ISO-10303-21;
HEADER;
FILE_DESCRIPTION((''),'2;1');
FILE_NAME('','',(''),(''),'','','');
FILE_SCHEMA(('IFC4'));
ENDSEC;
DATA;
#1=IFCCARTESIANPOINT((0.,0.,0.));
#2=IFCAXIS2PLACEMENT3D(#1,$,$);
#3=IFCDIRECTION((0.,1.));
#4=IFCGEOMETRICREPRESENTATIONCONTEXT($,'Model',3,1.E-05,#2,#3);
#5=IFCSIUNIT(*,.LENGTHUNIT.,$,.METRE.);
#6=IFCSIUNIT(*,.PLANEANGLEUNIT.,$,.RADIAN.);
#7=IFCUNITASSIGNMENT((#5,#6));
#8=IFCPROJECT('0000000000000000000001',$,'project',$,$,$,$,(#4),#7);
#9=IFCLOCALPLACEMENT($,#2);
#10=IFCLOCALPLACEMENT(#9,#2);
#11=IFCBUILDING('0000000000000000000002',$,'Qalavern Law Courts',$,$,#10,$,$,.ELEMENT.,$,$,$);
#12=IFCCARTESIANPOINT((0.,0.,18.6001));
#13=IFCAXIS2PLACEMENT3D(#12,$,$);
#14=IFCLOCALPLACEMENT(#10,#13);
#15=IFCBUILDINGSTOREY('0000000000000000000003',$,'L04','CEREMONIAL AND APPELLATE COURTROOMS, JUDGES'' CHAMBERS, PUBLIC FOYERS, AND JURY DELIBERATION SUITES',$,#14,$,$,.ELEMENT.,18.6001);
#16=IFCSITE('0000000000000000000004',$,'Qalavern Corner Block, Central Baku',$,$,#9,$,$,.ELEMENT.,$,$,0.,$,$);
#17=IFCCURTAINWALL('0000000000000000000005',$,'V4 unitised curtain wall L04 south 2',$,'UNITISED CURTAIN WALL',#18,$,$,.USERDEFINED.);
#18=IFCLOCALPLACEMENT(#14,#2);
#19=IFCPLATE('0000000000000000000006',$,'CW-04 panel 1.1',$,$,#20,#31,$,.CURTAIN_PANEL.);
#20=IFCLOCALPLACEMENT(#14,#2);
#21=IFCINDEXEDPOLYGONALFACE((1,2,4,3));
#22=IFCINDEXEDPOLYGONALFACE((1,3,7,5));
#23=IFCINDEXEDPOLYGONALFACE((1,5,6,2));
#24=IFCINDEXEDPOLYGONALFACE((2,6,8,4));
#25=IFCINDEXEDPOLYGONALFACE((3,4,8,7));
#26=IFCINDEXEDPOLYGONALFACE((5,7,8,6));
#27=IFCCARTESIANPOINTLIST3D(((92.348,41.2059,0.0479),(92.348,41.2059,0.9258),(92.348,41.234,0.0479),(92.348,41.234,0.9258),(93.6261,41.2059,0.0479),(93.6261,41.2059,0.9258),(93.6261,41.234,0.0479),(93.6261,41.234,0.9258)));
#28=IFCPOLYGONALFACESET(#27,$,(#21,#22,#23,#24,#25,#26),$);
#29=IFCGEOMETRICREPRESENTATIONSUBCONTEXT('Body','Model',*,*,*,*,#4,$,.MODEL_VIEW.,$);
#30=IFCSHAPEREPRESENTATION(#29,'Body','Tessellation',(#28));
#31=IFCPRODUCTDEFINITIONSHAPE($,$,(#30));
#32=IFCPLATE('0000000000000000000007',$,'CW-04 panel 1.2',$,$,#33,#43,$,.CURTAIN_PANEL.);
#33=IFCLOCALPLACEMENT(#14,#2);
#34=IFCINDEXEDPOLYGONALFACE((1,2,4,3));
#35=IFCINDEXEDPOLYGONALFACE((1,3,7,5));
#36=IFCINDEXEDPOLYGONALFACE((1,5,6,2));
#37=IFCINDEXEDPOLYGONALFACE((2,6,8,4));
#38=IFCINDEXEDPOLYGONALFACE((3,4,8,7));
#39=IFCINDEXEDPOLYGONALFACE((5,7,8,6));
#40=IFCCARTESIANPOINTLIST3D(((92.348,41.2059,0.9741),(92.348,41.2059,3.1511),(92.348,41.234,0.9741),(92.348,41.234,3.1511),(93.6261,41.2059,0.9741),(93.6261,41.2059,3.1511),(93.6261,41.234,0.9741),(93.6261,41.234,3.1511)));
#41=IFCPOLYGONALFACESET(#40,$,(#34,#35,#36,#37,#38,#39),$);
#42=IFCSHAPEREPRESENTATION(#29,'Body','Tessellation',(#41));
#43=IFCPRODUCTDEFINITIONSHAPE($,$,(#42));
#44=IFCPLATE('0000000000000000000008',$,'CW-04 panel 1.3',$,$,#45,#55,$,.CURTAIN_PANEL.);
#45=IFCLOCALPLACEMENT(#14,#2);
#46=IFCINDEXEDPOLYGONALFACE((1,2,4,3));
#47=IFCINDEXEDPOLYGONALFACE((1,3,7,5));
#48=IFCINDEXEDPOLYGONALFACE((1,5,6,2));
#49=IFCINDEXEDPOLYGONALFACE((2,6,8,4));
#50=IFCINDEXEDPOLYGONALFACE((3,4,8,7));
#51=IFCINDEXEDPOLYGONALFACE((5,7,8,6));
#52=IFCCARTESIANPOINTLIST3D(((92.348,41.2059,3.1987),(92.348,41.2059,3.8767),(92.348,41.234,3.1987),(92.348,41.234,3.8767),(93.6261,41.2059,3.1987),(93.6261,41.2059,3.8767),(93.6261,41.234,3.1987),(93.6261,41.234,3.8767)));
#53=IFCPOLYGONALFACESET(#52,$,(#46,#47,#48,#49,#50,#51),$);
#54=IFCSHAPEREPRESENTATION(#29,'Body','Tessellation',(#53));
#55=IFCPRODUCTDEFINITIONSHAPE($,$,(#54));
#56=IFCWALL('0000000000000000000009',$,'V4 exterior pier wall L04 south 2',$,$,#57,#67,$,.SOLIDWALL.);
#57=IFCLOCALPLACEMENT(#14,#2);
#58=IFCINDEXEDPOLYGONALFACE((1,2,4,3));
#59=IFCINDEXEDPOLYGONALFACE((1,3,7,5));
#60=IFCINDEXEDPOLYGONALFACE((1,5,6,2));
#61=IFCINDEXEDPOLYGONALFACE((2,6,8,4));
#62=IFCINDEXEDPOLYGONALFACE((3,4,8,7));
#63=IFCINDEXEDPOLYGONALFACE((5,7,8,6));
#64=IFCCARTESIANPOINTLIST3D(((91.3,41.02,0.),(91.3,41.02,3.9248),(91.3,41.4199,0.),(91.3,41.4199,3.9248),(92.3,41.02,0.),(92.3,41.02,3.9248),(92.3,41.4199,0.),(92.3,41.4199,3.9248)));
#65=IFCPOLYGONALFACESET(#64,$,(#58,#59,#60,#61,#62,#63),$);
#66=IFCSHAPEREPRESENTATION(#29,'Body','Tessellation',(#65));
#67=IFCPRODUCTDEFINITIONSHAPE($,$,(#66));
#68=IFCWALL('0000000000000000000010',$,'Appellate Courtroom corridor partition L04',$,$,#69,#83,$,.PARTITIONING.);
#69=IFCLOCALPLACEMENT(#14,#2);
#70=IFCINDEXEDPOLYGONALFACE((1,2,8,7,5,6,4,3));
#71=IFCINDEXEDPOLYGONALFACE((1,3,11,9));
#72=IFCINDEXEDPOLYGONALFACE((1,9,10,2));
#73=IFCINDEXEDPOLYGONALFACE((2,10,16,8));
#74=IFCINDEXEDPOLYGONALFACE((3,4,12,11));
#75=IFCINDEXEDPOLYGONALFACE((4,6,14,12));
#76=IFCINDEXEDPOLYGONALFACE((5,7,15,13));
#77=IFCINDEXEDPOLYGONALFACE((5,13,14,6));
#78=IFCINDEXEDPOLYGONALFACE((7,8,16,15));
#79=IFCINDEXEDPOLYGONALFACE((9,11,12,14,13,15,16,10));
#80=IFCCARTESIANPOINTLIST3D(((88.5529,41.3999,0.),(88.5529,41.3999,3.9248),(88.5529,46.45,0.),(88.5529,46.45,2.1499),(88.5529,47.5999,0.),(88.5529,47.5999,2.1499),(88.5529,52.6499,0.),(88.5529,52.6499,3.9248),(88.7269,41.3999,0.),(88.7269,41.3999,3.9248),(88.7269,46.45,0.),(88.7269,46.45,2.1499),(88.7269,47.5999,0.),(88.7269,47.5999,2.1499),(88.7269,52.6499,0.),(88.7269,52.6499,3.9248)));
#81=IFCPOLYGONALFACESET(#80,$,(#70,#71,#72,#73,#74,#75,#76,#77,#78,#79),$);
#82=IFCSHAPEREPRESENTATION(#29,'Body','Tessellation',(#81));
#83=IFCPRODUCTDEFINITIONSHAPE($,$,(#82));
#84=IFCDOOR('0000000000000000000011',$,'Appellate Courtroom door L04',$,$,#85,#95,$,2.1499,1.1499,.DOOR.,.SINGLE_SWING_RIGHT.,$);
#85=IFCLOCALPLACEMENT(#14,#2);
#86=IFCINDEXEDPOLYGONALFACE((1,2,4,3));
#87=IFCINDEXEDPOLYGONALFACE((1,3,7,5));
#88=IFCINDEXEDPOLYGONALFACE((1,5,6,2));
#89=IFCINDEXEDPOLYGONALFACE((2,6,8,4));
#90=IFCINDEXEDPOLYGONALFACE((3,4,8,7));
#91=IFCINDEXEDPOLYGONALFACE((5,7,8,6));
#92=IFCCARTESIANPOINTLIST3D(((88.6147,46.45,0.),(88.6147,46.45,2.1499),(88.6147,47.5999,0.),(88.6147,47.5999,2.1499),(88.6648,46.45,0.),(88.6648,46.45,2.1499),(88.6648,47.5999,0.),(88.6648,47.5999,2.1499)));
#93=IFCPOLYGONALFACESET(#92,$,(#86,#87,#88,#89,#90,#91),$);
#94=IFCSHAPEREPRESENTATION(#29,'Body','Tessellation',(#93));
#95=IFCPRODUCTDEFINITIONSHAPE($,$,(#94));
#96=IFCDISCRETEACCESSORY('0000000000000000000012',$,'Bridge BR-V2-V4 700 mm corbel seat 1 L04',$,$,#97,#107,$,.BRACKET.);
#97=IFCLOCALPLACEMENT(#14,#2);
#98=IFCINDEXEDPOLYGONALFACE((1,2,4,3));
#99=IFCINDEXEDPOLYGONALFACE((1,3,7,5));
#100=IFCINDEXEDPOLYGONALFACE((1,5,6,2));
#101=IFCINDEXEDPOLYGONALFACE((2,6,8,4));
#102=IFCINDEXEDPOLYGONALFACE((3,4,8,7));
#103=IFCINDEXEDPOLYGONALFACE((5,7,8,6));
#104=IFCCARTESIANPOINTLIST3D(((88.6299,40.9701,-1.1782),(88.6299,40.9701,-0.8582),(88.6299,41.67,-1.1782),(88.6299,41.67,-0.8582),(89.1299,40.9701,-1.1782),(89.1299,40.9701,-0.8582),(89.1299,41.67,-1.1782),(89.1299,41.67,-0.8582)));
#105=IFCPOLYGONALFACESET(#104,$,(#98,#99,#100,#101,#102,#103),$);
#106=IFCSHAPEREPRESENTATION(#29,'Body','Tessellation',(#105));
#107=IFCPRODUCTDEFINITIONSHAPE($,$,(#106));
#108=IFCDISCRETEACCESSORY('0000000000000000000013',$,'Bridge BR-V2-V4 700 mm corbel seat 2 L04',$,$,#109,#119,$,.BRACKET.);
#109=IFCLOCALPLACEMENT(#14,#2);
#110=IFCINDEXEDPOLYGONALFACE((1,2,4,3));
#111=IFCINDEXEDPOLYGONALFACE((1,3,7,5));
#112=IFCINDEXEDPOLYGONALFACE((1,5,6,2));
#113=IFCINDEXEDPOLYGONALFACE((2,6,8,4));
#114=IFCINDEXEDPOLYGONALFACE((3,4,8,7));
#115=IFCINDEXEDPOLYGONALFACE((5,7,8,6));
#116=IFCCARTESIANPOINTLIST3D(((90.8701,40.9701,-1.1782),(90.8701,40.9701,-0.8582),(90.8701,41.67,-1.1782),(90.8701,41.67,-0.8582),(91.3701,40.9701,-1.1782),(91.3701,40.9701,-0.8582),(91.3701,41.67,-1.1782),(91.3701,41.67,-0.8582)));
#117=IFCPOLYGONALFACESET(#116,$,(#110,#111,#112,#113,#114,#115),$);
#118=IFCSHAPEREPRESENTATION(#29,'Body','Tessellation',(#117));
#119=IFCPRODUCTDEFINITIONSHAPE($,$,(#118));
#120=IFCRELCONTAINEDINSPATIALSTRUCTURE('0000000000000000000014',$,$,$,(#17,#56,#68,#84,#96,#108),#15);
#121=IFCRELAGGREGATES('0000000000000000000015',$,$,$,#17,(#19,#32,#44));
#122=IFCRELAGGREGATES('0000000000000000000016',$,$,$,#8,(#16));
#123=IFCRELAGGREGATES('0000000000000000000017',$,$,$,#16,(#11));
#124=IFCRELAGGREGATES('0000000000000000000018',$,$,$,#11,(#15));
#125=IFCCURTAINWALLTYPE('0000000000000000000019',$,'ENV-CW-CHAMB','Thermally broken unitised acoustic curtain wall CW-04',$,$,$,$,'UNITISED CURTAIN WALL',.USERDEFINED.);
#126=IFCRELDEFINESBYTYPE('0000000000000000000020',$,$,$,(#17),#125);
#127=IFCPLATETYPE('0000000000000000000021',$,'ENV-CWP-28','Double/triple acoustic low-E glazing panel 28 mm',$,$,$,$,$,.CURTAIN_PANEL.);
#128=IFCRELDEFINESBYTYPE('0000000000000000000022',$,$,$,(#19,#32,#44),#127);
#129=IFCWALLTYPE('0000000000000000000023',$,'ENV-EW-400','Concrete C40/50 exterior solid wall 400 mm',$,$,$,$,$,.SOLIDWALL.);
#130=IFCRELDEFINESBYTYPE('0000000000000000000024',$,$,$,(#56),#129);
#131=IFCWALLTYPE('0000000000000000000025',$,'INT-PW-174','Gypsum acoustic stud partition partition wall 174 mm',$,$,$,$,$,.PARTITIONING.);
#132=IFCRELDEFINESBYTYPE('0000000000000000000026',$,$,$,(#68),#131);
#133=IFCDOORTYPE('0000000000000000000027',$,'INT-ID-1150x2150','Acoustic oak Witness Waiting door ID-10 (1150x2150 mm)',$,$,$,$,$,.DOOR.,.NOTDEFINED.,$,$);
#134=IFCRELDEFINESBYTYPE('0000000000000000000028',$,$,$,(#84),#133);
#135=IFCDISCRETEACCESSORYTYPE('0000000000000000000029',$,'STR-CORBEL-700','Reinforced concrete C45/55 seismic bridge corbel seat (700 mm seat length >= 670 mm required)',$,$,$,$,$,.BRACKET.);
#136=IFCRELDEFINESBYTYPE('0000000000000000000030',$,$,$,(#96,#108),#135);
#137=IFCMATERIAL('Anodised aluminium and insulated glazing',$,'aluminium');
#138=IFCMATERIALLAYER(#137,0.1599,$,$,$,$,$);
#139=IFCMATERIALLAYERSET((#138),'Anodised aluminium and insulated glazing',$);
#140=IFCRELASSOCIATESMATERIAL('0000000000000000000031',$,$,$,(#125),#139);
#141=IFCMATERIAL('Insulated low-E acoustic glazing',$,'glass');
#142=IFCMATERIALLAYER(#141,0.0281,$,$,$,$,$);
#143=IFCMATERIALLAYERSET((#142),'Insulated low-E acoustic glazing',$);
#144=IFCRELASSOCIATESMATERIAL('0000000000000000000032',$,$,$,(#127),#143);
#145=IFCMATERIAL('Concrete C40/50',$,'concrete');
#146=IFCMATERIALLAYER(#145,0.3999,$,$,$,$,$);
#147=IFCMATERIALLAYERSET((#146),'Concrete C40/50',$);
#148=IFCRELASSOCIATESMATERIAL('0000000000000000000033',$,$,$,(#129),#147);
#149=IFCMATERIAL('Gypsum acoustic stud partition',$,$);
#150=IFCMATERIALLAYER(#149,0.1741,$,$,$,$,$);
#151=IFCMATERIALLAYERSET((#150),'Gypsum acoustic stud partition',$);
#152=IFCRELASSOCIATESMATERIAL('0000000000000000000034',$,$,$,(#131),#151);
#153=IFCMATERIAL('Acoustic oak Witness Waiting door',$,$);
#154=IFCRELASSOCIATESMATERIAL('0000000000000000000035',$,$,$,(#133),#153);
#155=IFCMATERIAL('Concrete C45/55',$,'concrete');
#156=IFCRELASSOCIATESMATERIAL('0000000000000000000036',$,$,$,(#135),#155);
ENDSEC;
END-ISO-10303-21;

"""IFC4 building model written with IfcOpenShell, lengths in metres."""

from ifc_helpers import new_model, si_unit, direction, frame, frame_2d, origin, origin_2d, place, context, subcontext, project, spatial, rectangle, extrude, material, layer, layer_set, type_object, element, fill, aggregate, save


model = new_model("IFC4")

# Units and contexts
model_context = context("Model", 3, precision=1e-05, world=origin(), true_north=direction((0.0, 1.0)))
body_context = subcontext(model_context, "Body", "Model", "MODEL_VIEW")
ifc_project = project(units=[si_unit("LENGTHUNIT", "METRE"), si_unit("PLANEANGLEUNIT", "RADIAN")], contexts=[model_context])

# Site, building, storey
site_placement = place(None, origin())
site = spatial("IfcSite", under=ifc_project, at=site_placement, Name="Qalavern Corner Block, Central Baku", CompositionType="ELEMENT", RefElevation=0.0)
building_placement = place(site_placement, origin())
building = spatial("IfcBuilding", under=site, at=building_placement, Name="Qalavern Law Courts", CompositionType="ELEMENT")
storey_placement = place(building_placement, frame((0.0, 0.0, 18.6001)))
storey = spatial("IfcBuildingStorey", under=building, at=storey_placement, Name="L04", Description="CEREMONIAL AND APPELLATE COURTROOMS, JUDGES' CHAMBERS, PUBLIC FOYERS, AND JURY DELIBERATION SUITES", CompositionType="ELEMENT", Elevation=18.6001)

# Shared definitions
ifc_material_1 = material(Name="Anodised aluminium and insulated glazing", Category="aluminium")
ifc_layer_1 = layer(ifc_material_1, 0.1599)
ifc_layer_set_1 = layer_set([ifc_layer_1], Name="Anodised aluminium and insulated glazing")
curtain_wall_type = type_object("IfcCurtainWallType", Name="ENV-CW-CHAMB", Description="Thermally broken unitised acoustic curtain wall CW-04", ElementType="UNITISED CURTAIN WALL", PredefinedType="USERDEFINED", material=ifc_layer_set_1)

# Curtain wall
curtain_wall_1_placement = place(storey_placement, origin())
curtain_wall_1 = element("IfcCurtainWall", 1, at=curtain_wall_1_placement, inside=storey, type_object=curtain_wall_type, Name="V4 unitised curtain wall L04 south 2", ObjectType="UNITISED CURTAIN WALL", PredefinedType="USERDEFINED")

# Shared definitions
ifc_material_2 = material(Name="Concrete C40/50", Category="concrete")

# Plates
ifc_material_3 = material(Name="Insulated low-E acoustic glazing", Category="glass")
ifc_layer_2 = layer(ifc_material_3, 0.0281)
ifc_layer_set_2 = layer_set([ifc_layer_2], Name="Insulated low-E acoustic glazing")
plate_type_1 = type_object("IfcPlateType", Name="ENV-CWP-28", Description="Double/triple acoustic low-E glazing panel 28 mm", PredefinedType="CURTAIN_PANEL", material=ifc_layer_set_2)
plate_1_placement = place(storey_placement, frame((92.9871, 41.22, 0.0479), z_axis=(0.0, 0.0, 1.0), x_axis=(1.0, 0.0, 0.0)))
plate_1 = element("IfcPlate", 2, at=plate_1_placement, type_object=plate_type_1, Name="CW-04 panel 1.1", PredefinedType="CURTAIN_PANEL", context=body_context, shape_type="SweptSolid", body=[
    extrude(rectangle(XDim=1.2781, YDim=0.0281, at=origin_2d()), origin(), (0.0, 0.0, 1.0), 0.8779),
])
plate_2_placement = place(storey_placement, frame((92.9871, 41.22, 0.9741), z_axis=(0.0, 0.0, 1.0), x_axis=(1.0, 0.0, 0.0)))
plate_2 = element("IfcPlate", 3, at=plate_2_placement, type_object=plate_type_1, Name="CW-04 panel 1.2", PredefinedType="CURTAIN_PANEL", context=body_context, shape_type="SweptSolid", body=[
    extrude(rectangle(XDim=1.2781, YDim=0.0281, at=origin_2d()), origin(), (0.0, 0.0, 1.0), 2.177),
])
plate_3_placement = place(storey_placement, frame((92.9871, 41.22, 3.1987), z_axis=(0.0, 0.0, 1.0), x_axis=(1.0, 0.0, 0.0)))
plate_3 = element("IfcPlate", 4, at=plate_3_placement, type_object=plate_type_1, Name="CW-04 panel 1.3", PredefinedType="CURTAIN_PANEL", context=body_context, shape_type="SweptSolid", body=[
    extrude(rectangle(XDim=1.2781, YDim=0.0281, at=origin_2d()), origin(), (0.0, 0.0, 1.0), 0.678),
])
aggregate(curtain_wall_1, [plate_1, plate_2, plate_3])

# Wall
ifc_layer_3 = layer(ifc_material_2, 0.3999)
ifc_layer_set_3 = layer_set([ifc_layer_3], Name="Concrete C40/50")
wall_type_1 = type_object("IfcWallType", Name="ENV-EW-400", Description="Concrete C40/50 exterior solid wall 400 mm", PredefinedType="SOLIDWALL", material=ifc_layer_set_3)
wall_1_placement = place(storey_placement, frame((91.3, 41.22, 0.0), z_axis=(0.0, 0.0, 1.0), x_axis=(1.0, 0.0, 0.0)))
element("IfcWall", 5, at=wall_1_placement, inside=storey, type_object=wall_type_1, Name="V4 exterior pier wall L04 south 2", PredefinedType="SOLIDWALL", context=body_context, shape_type="SweptSolid", body=[
    extrude(rectangle(XDim=1.0, YDim=0.3999, at=frame_2d((0.5, 0.0))), origin(), (0.0, 0.0, 1.0), 3.9248),
])

# Wall, opening, door
ifc_material_4 = material(Name="Gypsum acoustic stud partition")
ifc_layer_4 = layer(ifc_material_4, 0.1741)
ifc_layer_set_4 = layer_set([ifc_layer_4], Name="Gypsum acoustic stud partition")
wall_type_2 = type_object("IfcWallType", Name="INT-PW-174", Description="Gypsum acoustic stud partition partition wall 174 mm", PredefinedType="PARTITIONING", material=ifc_layer_set_4)
wall_2_placement = place(storey_placement, frame((88.6399, 41.3999, 0.0), z_axis=(0.0, 0.0, 1.0), x_axis=(0.0, 1.0, 0.0)))
wall_2 = element("IfcWall", 6, at=wall_2_placement, inside=storey, type_object=wall_type_2, Name="Appellate Courtroom corridor partition L04", PredefinedType="PARTITIONING", context=body_context, shape_type="SweptSolid", body=[
    extrude(rectangle(XDim=11.25, YDim=0.1741, at=frame_2d((5.625, 0.0))), origin(), (0.0, 0.0, 1.0), 3.9248),
])
opening_placement = place(wall_2_placement, frame((5.05, 0.0, 0.0)))
opening = element("IfcOpeningElement", 7, at=opening_placement, cuts=wall_2, PredefinedType="OPENING", context=body_context, shape_type="SweptSolid", body=[
    extrude(rectangle(XDim=1.1499, YDim=2.1499, at=frame_2d((0.575, 1.075))), frame((0.0, 0.1021, 0.0), z_axis=(0.0, -1.0, 0.0), x_axis=(1.0, 0.0, 0.0)), (0.0, 0.0, 1.0), 0.2039),
])
ifc_material_5 = material(Name="Acoustic oak Witness Waiting door")
door_type = type_object("IfcDoorType", Name="INT-ID-1150x2150", Description="Acoustic oak Witness Waiting door ID-10 (1150x2150 mm)", OperationType="NOTDEFINED", PredefinedType="DOOR", material=ifc_material_5)
door_placement = place(opening_placement, frame((1.1499, 0.0, 0.0), z_axis=(0.0, 0.0, 1.0), x_axis=(-1.0, 0.0, 0.0)))
door = element("IfcDoor", 8, at=door_placement, inside=storey, type_object=door_type, Name="Appellate Courtroom door L04", OperationType="SINGLE_SWING_RIGHT", OverallHeight=2.1499, OverallWidth=1.1499, PredefinedType="DOOR", context=body_context, shape_type="SweptSolid", body=[
    extrude(rectangle(XDim=1.1499, YDim=2.1499, at=frame_2d((0.575, 1.075))), frame((0.0, 0.0249, 0.0), z_axis=(0.0, -1.0, 0.0), x_axis=(1.0, 0.0, 0.0)), (0.0, 0.0, 1.0), 0.05),
])
fill(opening, door)

# Discrete accessories
ifc_material_6 = material(Name="Concrete C45/55", Category="concrete")
discrete_accessory_type = type_object("IfcDiscreteAccessoryType", Name="STR-CORBEL-700", Description="Reinforced concrete C45/55 seismic bridge corbel seat (700 mm seat length >= 670 mm required)", PredefinedType="BRACKET", material=ifc_material_6)
for number, where, z_axis, x_axis, name in (
    (9, (88.8799, 41.3201, -1.1782), (0.0, 0.0, 1.0), (1.0, 0.0, 0.0), "Bridge BR-V2-V4 700 mm corbel seat 1 L04"),
    (10, (91.1201, 41.3201, -1.1782), (0.0, 0.0, 1.0), (1.0, 0.0, 0.0), "Bridge BR-V2-V4 700 mm corbel seat 2 L04"),
):
    element("IfcDiscreteAccessory", number, at=place(storey_placement, frame(where, z_axis=z_axis, x_axis=x_axis)), inside=storey, type_object=discrete_accessory_type, Name=name, PredefinedType="BRACKET", context=body_context, shape_type="SweptSolid", body=[
        extrude(rectangle(XDim=0.5, YDim=0.7, at=origin_2d()), origin(), (0.0, 0.0, 1.0), 0.3201),
    ])

save(model, "model.ifc")
